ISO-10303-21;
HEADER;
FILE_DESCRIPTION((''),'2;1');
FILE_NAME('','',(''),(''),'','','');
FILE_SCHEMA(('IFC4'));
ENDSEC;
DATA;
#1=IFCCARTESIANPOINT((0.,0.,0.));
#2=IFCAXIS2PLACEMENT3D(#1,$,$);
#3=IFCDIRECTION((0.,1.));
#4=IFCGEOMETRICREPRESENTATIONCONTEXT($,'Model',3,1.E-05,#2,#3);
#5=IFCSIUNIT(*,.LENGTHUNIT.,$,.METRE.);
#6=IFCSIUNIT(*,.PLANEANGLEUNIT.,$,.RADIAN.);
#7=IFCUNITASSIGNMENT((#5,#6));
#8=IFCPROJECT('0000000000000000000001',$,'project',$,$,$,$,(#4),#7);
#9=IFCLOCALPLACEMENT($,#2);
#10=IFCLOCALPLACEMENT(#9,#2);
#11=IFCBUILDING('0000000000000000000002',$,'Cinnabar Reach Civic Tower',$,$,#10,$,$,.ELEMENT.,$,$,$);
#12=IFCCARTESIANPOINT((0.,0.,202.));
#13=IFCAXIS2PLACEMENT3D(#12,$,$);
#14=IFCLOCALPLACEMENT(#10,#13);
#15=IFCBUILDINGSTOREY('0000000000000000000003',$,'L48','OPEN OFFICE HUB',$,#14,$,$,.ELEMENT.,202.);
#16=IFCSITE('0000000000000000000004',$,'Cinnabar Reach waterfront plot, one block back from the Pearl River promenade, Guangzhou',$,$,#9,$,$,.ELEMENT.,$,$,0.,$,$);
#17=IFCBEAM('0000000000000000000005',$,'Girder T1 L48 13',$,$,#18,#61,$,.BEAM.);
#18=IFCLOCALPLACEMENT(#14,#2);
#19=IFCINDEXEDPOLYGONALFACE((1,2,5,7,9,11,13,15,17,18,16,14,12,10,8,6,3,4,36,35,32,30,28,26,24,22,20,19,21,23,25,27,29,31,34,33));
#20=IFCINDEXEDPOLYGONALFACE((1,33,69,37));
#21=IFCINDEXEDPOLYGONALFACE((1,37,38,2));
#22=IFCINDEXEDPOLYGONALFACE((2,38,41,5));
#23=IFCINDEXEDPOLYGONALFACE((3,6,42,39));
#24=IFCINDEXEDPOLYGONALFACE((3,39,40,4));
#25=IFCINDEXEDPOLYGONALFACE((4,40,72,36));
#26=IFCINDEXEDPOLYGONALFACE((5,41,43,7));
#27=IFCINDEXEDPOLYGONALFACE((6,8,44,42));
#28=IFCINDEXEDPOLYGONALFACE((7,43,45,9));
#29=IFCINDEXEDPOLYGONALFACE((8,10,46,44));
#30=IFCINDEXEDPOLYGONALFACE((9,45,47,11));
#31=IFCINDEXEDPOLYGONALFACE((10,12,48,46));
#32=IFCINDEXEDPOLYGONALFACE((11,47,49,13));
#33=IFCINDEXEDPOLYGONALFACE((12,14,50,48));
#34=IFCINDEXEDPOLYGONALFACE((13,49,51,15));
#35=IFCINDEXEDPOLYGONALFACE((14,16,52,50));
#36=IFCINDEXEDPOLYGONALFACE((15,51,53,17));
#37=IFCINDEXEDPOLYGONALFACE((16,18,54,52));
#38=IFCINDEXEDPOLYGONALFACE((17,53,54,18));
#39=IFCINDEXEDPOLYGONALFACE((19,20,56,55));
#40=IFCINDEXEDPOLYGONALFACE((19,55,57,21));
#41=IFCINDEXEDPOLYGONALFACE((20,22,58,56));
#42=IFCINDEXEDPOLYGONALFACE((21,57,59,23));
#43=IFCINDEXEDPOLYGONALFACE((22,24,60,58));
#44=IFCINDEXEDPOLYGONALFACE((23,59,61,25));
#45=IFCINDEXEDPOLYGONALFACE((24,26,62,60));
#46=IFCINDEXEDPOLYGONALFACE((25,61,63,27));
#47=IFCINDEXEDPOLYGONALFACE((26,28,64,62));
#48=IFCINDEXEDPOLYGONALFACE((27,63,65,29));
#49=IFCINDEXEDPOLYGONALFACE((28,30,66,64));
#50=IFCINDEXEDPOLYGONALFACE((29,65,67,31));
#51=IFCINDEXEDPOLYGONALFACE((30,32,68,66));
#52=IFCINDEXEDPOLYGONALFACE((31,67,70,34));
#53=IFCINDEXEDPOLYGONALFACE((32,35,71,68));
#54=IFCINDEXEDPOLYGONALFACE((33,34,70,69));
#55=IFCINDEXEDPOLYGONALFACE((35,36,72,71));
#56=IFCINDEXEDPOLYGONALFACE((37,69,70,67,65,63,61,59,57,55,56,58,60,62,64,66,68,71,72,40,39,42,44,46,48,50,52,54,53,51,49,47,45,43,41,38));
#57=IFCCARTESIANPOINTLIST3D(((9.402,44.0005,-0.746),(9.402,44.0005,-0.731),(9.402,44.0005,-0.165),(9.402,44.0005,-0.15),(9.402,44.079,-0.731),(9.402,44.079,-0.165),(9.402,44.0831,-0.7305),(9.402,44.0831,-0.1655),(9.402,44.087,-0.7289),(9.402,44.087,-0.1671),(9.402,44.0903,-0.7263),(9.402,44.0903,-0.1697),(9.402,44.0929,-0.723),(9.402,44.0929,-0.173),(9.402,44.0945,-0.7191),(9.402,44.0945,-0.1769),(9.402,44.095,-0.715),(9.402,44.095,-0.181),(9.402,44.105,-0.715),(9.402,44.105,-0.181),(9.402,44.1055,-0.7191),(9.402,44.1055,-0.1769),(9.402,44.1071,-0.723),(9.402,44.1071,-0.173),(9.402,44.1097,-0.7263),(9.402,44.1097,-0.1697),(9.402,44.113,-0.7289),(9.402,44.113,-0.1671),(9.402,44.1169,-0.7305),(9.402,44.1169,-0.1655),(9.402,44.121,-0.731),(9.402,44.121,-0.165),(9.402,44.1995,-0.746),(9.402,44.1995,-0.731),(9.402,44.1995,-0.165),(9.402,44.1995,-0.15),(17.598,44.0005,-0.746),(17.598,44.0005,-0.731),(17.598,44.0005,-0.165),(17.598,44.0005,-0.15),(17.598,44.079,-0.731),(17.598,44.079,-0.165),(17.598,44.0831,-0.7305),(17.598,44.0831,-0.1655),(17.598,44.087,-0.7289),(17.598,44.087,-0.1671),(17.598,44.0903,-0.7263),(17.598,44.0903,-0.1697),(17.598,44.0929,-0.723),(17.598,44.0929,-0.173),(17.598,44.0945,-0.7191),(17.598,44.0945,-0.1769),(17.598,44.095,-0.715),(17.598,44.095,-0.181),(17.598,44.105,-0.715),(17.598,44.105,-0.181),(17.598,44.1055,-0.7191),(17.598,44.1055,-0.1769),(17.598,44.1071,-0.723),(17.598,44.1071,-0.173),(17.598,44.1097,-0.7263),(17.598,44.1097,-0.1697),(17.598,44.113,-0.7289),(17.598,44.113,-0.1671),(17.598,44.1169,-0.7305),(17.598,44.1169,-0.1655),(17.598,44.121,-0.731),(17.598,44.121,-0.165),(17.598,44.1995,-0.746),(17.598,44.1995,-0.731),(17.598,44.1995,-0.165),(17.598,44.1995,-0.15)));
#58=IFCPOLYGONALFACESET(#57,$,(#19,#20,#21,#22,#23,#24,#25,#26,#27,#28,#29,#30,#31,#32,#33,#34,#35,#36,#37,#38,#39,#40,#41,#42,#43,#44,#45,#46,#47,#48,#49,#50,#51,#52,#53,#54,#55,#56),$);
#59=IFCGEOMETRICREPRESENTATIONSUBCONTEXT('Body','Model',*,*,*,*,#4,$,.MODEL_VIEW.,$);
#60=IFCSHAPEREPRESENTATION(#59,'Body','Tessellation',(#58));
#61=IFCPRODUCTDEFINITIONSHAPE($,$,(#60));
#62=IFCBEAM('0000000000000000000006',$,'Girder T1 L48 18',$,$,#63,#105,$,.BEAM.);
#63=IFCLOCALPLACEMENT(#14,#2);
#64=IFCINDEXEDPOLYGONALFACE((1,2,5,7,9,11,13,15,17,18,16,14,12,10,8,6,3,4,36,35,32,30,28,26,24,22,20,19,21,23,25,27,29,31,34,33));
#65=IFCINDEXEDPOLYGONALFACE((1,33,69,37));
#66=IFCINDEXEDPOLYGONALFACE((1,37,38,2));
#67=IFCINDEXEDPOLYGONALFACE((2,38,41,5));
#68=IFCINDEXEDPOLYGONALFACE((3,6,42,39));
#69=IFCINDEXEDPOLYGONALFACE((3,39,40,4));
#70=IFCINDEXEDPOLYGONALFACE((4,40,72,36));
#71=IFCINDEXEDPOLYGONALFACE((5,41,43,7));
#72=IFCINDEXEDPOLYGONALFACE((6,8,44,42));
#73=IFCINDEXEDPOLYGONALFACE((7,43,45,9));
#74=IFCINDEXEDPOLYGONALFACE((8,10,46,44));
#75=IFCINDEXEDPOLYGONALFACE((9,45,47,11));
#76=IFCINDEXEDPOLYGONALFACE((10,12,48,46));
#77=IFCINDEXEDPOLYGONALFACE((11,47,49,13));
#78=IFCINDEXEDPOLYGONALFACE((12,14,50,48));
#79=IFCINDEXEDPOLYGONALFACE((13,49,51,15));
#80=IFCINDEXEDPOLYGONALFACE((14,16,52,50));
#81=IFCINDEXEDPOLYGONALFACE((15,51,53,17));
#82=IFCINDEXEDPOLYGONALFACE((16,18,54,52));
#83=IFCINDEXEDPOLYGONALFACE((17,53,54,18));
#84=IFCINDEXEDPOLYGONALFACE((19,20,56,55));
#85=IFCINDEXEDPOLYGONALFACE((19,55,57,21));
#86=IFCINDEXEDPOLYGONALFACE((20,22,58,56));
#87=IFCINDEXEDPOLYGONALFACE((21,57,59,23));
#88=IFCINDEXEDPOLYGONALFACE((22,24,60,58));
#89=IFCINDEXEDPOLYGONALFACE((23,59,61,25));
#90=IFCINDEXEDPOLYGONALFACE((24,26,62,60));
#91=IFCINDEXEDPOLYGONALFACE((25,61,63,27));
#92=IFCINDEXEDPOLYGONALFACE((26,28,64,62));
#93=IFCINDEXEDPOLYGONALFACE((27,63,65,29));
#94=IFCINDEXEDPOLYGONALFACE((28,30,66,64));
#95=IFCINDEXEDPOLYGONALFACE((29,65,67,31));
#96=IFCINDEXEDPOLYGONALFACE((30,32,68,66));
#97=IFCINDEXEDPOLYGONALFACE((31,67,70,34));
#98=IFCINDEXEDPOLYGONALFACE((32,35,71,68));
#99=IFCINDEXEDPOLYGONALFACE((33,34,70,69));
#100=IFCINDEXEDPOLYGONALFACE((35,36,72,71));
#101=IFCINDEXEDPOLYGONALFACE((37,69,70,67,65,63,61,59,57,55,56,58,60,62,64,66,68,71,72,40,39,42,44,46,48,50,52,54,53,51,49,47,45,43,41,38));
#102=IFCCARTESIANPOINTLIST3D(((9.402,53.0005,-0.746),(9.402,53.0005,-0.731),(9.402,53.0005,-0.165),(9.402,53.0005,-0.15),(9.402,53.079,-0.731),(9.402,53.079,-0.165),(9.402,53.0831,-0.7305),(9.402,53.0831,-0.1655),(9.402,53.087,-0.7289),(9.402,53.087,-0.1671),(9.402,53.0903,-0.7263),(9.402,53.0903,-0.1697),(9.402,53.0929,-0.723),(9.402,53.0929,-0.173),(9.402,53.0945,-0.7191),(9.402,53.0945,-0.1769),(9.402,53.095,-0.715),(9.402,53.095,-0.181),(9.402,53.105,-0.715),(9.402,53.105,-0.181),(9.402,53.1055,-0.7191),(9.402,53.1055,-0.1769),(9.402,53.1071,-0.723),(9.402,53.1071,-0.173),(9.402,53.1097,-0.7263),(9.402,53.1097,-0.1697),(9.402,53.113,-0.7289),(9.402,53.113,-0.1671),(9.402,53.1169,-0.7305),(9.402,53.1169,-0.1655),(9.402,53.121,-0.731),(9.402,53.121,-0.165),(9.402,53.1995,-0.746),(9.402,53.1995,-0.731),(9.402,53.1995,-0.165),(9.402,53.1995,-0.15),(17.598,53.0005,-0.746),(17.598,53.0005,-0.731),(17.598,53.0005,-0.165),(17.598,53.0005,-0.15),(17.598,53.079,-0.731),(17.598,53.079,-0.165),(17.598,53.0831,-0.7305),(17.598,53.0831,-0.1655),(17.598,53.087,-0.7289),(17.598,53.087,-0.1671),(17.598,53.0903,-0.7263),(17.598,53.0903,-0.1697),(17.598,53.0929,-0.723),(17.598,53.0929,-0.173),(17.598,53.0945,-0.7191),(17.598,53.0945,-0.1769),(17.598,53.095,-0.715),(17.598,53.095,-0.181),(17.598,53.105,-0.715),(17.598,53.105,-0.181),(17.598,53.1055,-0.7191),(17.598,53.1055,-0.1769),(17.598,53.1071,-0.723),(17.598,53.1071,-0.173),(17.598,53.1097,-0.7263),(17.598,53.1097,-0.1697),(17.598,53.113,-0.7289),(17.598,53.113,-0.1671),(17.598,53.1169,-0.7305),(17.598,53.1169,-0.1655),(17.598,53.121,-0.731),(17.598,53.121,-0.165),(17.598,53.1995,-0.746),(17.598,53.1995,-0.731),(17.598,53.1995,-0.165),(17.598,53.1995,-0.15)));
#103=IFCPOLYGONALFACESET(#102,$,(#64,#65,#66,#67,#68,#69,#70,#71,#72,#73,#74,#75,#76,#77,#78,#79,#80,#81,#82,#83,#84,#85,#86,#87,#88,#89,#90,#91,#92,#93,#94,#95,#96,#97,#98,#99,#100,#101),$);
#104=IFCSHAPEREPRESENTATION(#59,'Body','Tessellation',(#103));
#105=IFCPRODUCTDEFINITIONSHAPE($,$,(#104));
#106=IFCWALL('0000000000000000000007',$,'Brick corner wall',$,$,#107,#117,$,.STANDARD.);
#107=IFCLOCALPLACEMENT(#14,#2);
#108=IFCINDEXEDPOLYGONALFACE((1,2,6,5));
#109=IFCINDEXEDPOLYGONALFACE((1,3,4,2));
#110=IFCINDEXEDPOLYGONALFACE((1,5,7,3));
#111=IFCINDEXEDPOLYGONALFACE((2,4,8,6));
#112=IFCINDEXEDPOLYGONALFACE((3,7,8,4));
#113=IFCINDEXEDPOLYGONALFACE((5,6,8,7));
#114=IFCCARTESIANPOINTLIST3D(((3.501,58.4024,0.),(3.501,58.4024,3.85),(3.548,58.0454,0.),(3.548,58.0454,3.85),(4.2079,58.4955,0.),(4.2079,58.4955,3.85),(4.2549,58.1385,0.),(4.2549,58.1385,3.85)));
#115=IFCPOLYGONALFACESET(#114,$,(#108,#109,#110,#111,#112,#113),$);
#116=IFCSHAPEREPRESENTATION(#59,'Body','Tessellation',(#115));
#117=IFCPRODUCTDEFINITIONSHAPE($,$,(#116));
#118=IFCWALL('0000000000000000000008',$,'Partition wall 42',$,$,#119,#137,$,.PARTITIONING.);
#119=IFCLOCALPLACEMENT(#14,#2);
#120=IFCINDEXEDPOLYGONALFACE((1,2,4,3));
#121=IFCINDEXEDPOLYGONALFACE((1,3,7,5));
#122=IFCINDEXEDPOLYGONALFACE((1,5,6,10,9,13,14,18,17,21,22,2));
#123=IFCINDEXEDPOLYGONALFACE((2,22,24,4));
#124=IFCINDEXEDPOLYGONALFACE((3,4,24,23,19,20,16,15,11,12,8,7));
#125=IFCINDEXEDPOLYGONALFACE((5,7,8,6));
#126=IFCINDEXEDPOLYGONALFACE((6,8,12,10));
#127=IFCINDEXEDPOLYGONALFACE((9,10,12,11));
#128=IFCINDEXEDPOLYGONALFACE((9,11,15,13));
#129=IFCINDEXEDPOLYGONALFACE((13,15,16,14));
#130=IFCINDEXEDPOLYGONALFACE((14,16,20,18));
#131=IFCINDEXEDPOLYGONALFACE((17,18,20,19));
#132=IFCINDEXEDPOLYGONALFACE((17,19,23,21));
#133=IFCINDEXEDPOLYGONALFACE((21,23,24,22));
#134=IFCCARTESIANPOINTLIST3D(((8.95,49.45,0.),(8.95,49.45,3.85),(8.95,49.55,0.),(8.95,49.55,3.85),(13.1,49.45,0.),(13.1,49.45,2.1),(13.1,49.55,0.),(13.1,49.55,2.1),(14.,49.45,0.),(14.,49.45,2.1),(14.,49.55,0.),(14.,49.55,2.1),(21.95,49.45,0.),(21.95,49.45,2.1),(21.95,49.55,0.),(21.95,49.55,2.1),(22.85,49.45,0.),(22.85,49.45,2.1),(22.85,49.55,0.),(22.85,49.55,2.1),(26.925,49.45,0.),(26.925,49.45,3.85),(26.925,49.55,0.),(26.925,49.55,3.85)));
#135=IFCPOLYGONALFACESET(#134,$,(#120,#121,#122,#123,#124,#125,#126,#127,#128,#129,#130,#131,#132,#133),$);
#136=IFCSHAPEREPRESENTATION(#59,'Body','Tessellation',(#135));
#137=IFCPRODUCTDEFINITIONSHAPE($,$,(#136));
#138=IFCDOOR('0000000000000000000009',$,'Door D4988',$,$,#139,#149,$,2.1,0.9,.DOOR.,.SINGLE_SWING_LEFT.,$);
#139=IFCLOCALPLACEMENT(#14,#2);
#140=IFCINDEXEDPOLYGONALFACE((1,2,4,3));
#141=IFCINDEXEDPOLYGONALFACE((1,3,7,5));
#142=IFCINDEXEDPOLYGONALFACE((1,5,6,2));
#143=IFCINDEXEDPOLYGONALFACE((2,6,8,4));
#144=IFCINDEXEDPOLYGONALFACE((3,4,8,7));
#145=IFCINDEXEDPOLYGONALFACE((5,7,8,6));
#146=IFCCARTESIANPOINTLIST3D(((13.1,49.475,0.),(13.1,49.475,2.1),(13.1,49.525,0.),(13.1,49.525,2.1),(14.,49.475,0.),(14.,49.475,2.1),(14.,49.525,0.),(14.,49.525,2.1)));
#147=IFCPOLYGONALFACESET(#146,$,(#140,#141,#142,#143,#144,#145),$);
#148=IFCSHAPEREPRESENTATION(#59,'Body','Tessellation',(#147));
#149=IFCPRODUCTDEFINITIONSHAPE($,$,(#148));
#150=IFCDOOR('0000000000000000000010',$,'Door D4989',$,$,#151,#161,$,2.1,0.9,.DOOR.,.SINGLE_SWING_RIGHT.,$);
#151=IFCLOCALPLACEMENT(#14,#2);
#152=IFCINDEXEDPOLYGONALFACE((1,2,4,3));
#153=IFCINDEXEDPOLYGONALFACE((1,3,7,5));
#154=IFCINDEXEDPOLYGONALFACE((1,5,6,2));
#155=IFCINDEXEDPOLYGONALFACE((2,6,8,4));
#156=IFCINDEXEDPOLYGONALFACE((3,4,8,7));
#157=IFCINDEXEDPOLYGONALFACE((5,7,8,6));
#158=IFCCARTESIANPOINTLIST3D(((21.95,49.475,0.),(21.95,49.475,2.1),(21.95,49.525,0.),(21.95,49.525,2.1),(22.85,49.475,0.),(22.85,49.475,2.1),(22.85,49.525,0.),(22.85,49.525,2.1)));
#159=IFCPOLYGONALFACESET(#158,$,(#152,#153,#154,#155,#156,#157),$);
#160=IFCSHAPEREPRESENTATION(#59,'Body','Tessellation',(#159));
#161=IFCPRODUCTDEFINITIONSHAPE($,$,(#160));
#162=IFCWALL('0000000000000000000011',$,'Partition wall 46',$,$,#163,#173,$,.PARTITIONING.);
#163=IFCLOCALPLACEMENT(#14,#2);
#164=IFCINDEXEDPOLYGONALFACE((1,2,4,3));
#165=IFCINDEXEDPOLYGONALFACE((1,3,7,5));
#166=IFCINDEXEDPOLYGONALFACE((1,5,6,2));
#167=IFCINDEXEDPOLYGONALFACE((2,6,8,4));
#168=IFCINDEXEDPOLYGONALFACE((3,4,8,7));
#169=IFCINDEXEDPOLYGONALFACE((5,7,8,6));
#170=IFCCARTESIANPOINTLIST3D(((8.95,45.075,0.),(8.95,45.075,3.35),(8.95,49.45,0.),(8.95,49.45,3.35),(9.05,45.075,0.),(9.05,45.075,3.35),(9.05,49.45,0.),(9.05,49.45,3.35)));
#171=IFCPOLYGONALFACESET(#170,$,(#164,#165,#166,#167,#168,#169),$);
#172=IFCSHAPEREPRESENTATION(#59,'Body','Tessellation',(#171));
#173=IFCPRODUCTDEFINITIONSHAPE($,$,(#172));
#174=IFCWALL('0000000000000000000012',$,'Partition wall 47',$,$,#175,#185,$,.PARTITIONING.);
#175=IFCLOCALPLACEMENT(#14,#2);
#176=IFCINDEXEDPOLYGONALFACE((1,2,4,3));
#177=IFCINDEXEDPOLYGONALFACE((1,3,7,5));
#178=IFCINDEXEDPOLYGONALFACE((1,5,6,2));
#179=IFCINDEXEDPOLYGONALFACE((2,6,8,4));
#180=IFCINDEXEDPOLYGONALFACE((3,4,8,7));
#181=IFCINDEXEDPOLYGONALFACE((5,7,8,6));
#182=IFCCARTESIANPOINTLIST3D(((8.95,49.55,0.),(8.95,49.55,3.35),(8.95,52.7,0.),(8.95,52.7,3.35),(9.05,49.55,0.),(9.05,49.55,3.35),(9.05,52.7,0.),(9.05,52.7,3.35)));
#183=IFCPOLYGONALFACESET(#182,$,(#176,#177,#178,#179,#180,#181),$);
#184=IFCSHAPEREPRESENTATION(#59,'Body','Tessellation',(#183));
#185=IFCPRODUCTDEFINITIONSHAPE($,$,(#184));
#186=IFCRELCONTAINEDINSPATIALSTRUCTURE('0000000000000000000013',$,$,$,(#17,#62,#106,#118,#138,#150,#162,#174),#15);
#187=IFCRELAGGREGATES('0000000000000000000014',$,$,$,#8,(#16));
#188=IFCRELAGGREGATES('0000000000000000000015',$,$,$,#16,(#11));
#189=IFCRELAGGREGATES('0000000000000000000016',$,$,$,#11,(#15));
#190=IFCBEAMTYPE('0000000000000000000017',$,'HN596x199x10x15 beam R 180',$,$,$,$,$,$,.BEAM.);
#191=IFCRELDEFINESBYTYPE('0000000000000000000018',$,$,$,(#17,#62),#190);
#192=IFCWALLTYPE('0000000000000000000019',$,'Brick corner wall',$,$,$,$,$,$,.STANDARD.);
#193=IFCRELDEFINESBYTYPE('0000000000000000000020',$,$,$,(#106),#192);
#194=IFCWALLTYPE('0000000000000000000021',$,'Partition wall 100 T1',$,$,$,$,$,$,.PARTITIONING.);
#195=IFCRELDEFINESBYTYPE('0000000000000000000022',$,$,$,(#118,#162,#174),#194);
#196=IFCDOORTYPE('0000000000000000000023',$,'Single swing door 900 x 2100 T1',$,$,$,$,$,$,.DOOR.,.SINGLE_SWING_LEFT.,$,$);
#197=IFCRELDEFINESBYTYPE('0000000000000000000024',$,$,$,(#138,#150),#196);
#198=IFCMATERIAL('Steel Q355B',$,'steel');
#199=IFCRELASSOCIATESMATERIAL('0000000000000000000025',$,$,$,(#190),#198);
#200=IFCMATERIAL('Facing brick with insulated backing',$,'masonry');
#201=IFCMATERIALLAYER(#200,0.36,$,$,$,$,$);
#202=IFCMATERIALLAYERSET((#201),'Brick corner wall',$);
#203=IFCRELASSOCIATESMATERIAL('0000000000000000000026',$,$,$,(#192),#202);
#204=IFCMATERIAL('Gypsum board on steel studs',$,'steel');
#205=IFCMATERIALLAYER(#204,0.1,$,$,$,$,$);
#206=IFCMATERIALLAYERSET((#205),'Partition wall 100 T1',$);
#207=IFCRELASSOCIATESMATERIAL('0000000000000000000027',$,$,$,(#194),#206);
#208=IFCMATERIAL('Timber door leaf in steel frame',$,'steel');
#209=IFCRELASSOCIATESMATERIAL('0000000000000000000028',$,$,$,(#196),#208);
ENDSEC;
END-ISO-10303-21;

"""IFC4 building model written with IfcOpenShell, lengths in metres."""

from ifc_helpers import new_model, si_unit, direction, frame, frame_2d, origin, origin_2d, place, context, subcontext, project, spatial, rectangle, i_section, extrude, material, layer, layer_set, material_profile, profile_set, type_object, element, fill, save


model = new_model("IFC4")

# Units and contexts
model_context = context("Model", 3, precision=1e-05, world=origin(), true_north=direction((0.0, 1.0)))
body_context = subcontext(model_context, "Body", "Model", "MODEL_VIEW")
ifc_project = project(units=[si_unit("LENGTHUNIT", "METRE"), si_unit("PLANEANGLEUNIT", "RADIAN")], contexts=[model_context])

# Site, building, storey
site_placement = place(None, origin())
site = spatial("IfcSite", under=ifc_project, at=site_placement, Name="Cinnabar Reach waterfront plot, one block back from the Pearl River promenade, Guangzhou", CompositionType="ELEMENT", RefElevation=0.0)
building_placement = place(site_placement, origin())
building = spatial("IfcBuilding", under=site, at=building_placement, Name="Cinnabar Reach Civic Tower", CompositionType="ELEMENT")
storey_placement = place(building_placement, frame((0.0, 0.0, 202.0)))
storey = spatial("IfcBuildingStorey", under=building, at=storey_placement, Name="L48", Description="OPEN OFFICE HUB", CompositionType="ELEMENT", Elevation=202.0)

# Beams
ifc_material_1 = material(Name="Steel Q355B", Category="steel")
ifc_material_profile_1 = material_profile(ifc_material_1, i_section(OverallWidth=0.199, OverallDepth=0.596, WebThickness=0.01, FlangeThickness=0.015, FilletRadius=0.016, at=origin_2d()), Name="HN596x199x10x15")
ifc_profile_set_1 = profile_set([ifc_material_profile_1], Name="Steel Q355B")
beam_type_1 = type_object("IfcBeamType", Name="HN596x199x10x15 beam R 180", PredefinedType="BEAM", material=ifc_profile_set_1)
for number, where, z_axis, x_axis, name in (
    (1, (9.402, 44.1, -0.448), (1.0, 0.0, 0.0), (0.0, 1.0, 0.0), "Girder T1 L48 13"),
    (2, (9.402, 53.1, -0.448), (1.0, 0.0, 0.0), (0.0, 1.0, 0.0), "Girder T1 L48 18"),
):
    element("IfcBeam", number, at=place(storey_placement, frame(where, z_axis=z_axis, x_axis=x_axis)), inside=storey, type_object=beam_type_1, Name=name, PredefinedType="BEAM", context=body_context, shape_type="SweptSolid", body=[
        extrude(i_section(OverallWidth=0.199, OverallDepth=0.596, WebThickness=0.01, FlangeThickness=0.015, FilletRadius=0.016, at=origin_2d()), origin(), (0.0, 0.0, 1.0), 8.196),
    ])

# Wall
ifc_material_2 = material(Name="Facing brick with insulated backing", Category="masonry")
ifc_layer_1 = layer(ifc_material_2, 0.36)
ifc_layer_set_1 = layer_set([ifc_layer_1], Name="Brick corner wall")
wall_type_1 = type_object("IfcWallType", Name="Brick corner wall", PredefinedType="STANDARD", material=ifc_layer_set_1)
wall_1_placement = place(storey_placement, frame((4.2314, 58.317, 0.0), z_axis=(0.0, 0.0, 1.0), x_axis=(-0.991441, -0.130556, 0.0)))
element("IfcWall", 3, at=wall_1_placement, inside=storey, type_object=wall_type_1, Name="Brick corner wall", PredefinedType="STANDARD", context=body_context, shape_type="SweptSolid", body=[
    extrude(rectangle(XDim=0.7131, YDim=0.36, at=frame_2d((0.3565, 0.0))), origin(), (0.0, 0.0, 1.0), 3.85),
])

# Wall, openings, doors
ifc_material_3 = material(Name="Gypsum board on steel studs", Category="steel")
ifc_layer_2 = layer(ifc_material_3, 0.1)
ifc_layer_set_2 = layer_set([ifc_layer_2], Name="Partition wall 100 T1")
wall_type_2 = type_object("IfcWallType", Name="Partition wall 100 T1", PredefinedType="PARTITIONING", material=ifc_layer_set_2)
wall_2_placement = place(storey_placement, frame((8.95, 49.5, 0.0), z_axis=(0.0, 0.0, 1.0), x_axis=(1.0, 0.0, 0.0)))
wall_2 = element("IfcWall", 4, at=wall_2_placement, inside=storey, type_object=wall_type_2, Name="Partition wall 42", PredefinedType="PARTITIONING", context=body_context, shape_type="SweptSolid", body=[
    extrude(rectangle(XDim=17.975, YDim=0.1, at=frame_2d((8.9875, 0.0))), origin(), (0.0, 0.0, 1.0), 3.85),
])
opening_1_placement = place(wall_2_placement, frame((4.15, 0.0, 0.0)))
opening_1 = element("IfcOpeningElement", 5, at=opening_1_placement, cuts=wall_2, PredefinedType="OPENING", context=body_context, shape_type="SweptSolid", body=[
    extrude(rectangle(XDim=0.9, YDim=2.1, at=frame_2d((0.45, 1.05))), frame((0.0, 0.06, 0.0), z_axis=(0.0, -1.0, 0.0), x_axis=(1.0, 0.0, 0.0)), (0.0, 0.0, 1.0), 0.12),
])
opening_2_placement = place(wall_2_placement, frame((13.0, 0.0, 0.0)))
opening_2 = element("IfcOpeningElement", 6, at=opening_2_placement, cuts=wall_2, PredefinedType="OPENING", context=body_context, shape_type="SweptSolid", body=[
    extrude(rectangle(XDim=0.9, YDim=2.1, at=frame_2d((0.45, 1.05))), frame((0.0, 0.06, 0.0), z_axis=(0.0, -1.0, 0.0), x_axis=(1.0, 0.0, 0.0)), (0.0, 0.0, 1.0), 0.12),
])
ifc_material_4 = material(Name="Timber door leaf in steel frame", Category="steel")
door_type = type_object("IfcDoorType", Name="Single swing door 900 x 2100 T1", OperationType="SINGLE_SWING_LEFT", PredefinedType="DOOR", material=ifc_material_4)
door_1_placement = place(opening_1_placement, origin())
door_1 = element("IfcDoor", 7, at=door_1_placement, inside=storey, type_object=door_type, Name="Door D4988", OperationType="SINGLE_SWING_LEFT", OverallHeight=2.1, OverallWidth=0.9, PredefinedType="DOOR", context=body_context, shape_type="SweptSolid", body=[
    extrude(rectangle(XDim=0.9, YDim=2.1, at=frame_2d((0.45, 1.05))), frame((0.0, 0.025, 0.0), z_axis=(0.0, -1.0, 0.0), x_axis=(1.0, 0.0, 0.0)), (0.0, 0.0, 1.0), 0.05),
])
fill(opening_1, door_1)
door_2_placement = place(opening_2_placement, origin())
door_2 = element("IfcDoor", 8, at=door_2_placement, inside=storey, type_object=door_type, Name="Door D4989", OperationType="SINGLE_SWING_RIGHT", OverallHeight=2.1, OverallWidth=0.9, PredefinedType="DOOR", context=body_context, shape_type="SweptSolid", body=[
    extrude(rectangle(XDim=0.9, YDim=2.1, at=frame_2d((0.45, 1.05))), frame((0.0, 0.025, 0.0), z_axis=(0.0, -1.0, 0.0), x_axis=(1.0, 0.0, 0.0)), (0.0, 0.0, 1.0), 0.05),
])
fill(opening_2, door_2)

# Walls
wall_3_placement = place(storey_placement, frame((9.0, 45.075, 0.0), z_axis=(0.0, 0.0, 1.0), x_axis=(0.0, 1.0, 0.0)))
element("IfcWall", 9, at=wall_3_placement, inside=storey, type_object=wall_type_2, Name="Partition wall 46", PredefinedType="PARTITIONING", context=body_context, shape_type="SweptSolid", body=[
    extrude(rectangle(XDim=4.375, YDim=0.1, at=frame_2d((2.1875, 0.0))), origin(), (0.0, 0.0, 1.0), 3.35),
])
wall_4_placement = place(storey_placement, frame((9.0, 49.55, 0.0), z_axis=(0.0, 0.0, 1.0), x_axis=(0.0, 1.0, 0.0)))
element("IfcWall", 10, at=wall_4_placement, inside=storey, type_object=wall_type_2, Name="Partition wall 47", PredefinedType="PARTITIONING", context=body_context, shape_type="SweptSolid", body=[
    extrude(rectangle(XDim=3.15, YDim=0.1, at=frame_2d((1.575, 0.0))), origin(), (0.0, 0.0, 1.0), 3.35),
])

save(model, "model.ifc")
